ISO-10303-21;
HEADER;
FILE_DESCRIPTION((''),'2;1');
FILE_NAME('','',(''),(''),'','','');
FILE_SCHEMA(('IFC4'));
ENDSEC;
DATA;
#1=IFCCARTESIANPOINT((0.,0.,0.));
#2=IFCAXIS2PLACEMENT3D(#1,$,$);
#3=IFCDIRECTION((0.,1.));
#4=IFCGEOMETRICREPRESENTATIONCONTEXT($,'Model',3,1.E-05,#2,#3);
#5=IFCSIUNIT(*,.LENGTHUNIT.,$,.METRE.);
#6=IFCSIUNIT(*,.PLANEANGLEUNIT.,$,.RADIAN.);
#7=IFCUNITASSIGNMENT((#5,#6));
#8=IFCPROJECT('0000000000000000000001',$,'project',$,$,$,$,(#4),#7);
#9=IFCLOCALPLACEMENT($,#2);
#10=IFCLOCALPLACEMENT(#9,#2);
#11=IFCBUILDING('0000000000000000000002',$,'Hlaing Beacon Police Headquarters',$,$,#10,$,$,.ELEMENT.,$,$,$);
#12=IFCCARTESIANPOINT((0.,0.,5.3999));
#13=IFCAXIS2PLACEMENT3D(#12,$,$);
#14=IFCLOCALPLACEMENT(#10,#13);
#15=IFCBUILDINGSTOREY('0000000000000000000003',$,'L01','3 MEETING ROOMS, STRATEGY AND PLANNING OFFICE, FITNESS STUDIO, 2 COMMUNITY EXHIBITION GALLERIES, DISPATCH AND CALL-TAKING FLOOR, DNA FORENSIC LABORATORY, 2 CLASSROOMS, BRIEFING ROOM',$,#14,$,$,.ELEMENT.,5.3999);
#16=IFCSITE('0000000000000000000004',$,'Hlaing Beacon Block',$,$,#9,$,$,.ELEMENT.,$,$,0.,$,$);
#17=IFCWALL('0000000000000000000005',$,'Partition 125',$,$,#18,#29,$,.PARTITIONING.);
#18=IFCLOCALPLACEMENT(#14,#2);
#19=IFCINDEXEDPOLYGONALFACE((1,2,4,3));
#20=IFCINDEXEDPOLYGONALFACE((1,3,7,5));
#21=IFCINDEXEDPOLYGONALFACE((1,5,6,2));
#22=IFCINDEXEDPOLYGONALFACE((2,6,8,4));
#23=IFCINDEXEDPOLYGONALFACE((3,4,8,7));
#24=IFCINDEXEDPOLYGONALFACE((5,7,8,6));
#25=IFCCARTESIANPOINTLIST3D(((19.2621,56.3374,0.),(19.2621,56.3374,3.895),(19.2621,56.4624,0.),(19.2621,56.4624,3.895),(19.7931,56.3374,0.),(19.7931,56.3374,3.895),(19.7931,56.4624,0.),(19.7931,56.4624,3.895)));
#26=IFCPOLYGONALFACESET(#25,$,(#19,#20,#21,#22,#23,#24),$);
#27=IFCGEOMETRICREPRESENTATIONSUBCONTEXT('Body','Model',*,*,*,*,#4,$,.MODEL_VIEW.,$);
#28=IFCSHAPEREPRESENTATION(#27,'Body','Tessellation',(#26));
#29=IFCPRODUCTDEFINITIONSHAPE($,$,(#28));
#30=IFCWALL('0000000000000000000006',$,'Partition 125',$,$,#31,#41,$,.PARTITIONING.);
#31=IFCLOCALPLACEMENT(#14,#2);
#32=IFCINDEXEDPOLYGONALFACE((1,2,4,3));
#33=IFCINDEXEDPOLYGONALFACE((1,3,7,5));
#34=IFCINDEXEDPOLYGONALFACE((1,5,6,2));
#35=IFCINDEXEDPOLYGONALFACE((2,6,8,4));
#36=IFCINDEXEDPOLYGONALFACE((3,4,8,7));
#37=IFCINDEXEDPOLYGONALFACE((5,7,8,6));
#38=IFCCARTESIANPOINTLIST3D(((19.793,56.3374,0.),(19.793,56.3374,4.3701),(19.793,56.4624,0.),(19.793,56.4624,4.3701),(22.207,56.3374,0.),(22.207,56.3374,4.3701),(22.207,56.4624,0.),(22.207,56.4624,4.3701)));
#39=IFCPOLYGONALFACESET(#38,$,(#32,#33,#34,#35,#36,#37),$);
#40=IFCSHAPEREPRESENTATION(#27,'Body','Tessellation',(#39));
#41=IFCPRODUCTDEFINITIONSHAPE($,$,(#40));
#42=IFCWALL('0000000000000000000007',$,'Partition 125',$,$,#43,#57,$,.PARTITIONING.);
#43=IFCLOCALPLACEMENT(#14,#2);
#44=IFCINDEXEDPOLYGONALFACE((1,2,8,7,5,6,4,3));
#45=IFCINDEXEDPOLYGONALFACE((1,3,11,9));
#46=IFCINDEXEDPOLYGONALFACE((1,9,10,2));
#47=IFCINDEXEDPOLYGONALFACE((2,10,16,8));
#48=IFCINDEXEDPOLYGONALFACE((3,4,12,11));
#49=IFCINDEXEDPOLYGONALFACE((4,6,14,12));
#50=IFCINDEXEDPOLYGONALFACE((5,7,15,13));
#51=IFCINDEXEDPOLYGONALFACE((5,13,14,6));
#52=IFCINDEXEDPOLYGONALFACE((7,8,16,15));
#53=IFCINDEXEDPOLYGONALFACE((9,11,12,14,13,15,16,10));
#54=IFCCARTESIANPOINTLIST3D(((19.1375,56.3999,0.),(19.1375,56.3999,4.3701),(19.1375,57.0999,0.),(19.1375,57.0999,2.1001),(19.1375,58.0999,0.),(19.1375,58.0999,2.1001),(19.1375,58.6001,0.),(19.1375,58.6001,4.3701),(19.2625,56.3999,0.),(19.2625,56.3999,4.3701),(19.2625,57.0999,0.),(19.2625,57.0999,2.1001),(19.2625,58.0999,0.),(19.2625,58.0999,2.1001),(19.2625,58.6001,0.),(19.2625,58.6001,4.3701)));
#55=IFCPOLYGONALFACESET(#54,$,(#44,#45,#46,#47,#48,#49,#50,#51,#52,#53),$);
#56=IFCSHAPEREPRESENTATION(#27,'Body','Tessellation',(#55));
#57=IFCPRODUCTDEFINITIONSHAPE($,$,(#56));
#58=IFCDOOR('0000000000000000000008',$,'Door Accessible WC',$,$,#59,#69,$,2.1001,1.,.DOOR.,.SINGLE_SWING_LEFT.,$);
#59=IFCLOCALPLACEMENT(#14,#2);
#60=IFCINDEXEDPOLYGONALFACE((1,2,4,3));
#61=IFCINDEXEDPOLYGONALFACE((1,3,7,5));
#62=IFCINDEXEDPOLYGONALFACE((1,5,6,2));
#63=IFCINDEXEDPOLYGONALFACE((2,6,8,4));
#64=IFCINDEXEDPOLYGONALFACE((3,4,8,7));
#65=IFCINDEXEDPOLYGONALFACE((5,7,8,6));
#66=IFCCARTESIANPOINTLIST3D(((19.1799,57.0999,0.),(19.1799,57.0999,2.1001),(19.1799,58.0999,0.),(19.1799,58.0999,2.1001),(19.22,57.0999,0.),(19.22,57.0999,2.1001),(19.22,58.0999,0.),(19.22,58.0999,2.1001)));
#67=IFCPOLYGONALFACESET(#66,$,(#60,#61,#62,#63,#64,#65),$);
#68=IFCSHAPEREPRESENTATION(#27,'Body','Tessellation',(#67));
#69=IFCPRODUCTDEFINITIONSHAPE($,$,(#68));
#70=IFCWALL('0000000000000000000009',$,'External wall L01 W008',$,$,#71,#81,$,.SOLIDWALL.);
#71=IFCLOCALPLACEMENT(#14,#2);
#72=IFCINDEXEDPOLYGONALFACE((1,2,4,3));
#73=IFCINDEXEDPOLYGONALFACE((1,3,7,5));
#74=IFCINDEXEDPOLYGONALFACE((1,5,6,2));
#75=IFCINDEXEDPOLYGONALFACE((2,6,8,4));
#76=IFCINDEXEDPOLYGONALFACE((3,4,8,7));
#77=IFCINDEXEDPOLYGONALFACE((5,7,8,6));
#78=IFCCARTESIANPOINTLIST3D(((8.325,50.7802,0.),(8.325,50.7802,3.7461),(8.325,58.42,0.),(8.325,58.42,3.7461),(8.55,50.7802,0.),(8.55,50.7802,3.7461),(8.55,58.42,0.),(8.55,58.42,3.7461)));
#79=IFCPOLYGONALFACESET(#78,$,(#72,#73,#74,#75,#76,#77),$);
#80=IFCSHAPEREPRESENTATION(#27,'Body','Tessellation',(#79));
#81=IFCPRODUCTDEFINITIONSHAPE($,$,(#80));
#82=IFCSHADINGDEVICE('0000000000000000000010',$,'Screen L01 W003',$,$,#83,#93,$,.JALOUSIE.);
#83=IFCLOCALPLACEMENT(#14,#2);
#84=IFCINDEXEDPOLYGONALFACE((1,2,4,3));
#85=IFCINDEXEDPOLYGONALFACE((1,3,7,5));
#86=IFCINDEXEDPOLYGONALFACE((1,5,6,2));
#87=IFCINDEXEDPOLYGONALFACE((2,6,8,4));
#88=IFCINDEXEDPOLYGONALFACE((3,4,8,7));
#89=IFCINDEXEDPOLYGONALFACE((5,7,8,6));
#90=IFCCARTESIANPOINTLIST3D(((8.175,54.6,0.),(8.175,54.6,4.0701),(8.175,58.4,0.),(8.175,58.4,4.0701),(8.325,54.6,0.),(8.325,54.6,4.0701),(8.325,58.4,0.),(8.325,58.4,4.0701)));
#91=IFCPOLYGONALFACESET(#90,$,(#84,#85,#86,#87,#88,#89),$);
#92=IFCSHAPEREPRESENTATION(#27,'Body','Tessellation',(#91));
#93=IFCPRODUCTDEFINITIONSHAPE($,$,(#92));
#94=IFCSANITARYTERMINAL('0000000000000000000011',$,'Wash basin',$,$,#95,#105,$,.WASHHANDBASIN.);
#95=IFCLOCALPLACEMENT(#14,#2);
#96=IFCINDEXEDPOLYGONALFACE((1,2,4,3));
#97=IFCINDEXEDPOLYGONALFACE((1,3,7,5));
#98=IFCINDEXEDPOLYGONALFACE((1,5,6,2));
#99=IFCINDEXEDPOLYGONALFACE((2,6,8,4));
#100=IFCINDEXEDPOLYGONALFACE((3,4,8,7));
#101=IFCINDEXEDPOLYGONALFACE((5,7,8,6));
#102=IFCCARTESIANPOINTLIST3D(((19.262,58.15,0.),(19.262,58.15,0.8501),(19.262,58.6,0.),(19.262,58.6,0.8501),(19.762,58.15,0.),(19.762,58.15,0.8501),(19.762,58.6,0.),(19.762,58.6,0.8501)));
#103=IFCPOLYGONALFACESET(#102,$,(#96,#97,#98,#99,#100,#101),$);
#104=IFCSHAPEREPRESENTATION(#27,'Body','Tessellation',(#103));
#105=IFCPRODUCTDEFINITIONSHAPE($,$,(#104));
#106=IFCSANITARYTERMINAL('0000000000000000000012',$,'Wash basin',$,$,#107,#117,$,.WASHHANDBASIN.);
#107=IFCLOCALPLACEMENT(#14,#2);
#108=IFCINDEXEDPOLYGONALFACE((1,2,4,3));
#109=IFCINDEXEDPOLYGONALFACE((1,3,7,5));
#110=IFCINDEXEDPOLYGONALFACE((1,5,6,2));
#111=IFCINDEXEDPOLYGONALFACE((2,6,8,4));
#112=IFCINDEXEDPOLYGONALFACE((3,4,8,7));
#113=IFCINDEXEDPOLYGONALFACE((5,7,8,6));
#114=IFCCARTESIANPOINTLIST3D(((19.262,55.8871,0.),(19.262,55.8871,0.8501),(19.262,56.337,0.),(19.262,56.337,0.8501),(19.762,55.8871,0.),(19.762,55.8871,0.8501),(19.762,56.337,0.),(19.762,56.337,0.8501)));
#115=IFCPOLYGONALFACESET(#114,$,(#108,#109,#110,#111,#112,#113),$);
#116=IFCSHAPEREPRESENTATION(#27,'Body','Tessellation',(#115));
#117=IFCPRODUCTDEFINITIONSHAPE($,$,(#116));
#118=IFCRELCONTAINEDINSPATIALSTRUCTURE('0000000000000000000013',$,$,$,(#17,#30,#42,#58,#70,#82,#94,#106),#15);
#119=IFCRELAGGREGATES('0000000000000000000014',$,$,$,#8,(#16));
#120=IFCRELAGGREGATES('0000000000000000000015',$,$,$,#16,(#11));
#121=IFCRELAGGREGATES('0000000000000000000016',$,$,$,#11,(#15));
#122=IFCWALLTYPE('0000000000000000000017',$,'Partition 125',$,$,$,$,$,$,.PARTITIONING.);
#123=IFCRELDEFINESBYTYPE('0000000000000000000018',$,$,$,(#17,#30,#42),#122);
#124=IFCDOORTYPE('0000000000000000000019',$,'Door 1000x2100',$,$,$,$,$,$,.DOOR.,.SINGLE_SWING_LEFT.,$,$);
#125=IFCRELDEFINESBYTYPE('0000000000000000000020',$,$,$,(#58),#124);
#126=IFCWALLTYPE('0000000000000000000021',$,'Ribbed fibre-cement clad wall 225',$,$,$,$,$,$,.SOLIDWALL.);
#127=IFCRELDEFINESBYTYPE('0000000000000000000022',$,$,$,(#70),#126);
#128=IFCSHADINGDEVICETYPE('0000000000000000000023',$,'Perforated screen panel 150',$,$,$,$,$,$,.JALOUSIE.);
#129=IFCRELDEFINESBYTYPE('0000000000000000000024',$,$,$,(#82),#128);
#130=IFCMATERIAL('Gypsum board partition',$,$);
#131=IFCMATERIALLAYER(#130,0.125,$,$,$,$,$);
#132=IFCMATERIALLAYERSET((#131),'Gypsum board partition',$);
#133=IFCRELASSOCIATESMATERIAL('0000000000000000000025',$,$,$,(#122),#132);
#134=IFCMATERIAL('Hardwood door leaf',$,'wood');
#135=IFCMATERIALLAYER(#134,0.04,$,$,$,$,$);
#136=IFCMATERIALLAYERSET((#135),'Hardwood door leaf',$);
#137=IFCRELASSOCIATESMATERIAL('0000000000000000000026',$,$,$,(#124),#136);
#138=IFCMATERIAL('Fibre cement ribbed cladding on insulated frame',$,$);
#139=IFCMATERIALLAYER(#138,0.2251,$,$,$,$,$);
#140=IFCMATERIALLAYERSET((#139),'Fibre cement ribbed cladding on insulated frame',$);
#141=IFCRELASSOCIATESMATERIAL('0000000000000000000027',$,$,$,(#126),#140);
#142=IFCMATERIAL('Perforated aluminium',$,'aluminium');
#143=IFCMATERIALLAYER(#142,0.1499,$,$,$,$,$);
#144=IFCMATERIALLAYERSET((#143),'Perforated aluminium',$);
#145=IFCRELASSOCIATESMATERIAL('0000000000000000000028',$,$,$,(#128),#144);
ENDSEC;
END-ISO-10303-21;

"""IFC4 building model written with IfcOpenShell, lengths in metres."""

from ifc_helpers import new_model, si_unit, direction, frame, frame_2d, origin, origin_2d, place, context, subcontext, project, spatial, rectangle, extrude, material, layer, layer_set, type_object, element, fill, save


model = new_model("IFC4")

# Units and contexts
model_context = context("Model", 3, precision=1e-05, world=origin(), true_north=direction((0.0, 1.0)))
body_context = subcontext(model_context, "Body", "Model", "MODEL_VIEW")
ifc_project = project(units=[si_unit("LENGTHUNIT", "METRE"), si_unit("PLANEANGLEUNIT", "RADIAN")], contexts=[model_context])

# Site, building, storey
site_placement = place(None, origin())
site = spatial("IfcSite", under=ifc_project, at=site_placement, Name="Hlaing Beacon Block", CompositionType="ELEMENT", RefElevation=0.0)
building_placement = place(site_placement, origin())
building = spatial("IfcBuilding", under=site, at=building_placement, Name="Hlaing Beacon Police Headquarters", CompositionType="ELEMENT")
storey_placement = place(building_placement, frame((0.0, 0.0, 5.3999)))
storey = spatial("IfcBuildingStorey", under=building, at=storey_placement, Name="L01", Description="3 MEETING ROOMS, STRATEGY AND PLANNING OFFICE, FITNESS STUDIO, 2 COMMUNITY EXHIBITION GALLERIES, DISPATCH AND CALL-TAKING FLOOR, DNA FORENSIC LABORATORY, 2 CLASSROOMS, BRIEFING ROOM", CompositionType="ELEMENT", Elevation=5.3999)

# Walls
ifc_material_1 = material(Name="Gypsum board partition")
ifc_layer_1 = layer(ifc_material_1, 0.125)
ifc_layer_set_1 = layer_set([ifc_layer_1], Name="Gypsum board partition")
wall_type_1 = type_object("IfcWallType", Name="Partition 125", PredefinedType="PARTITIONING", material=ifc_layer_set_1)
wall_1_placement = place(storey_placement, frame((19.262, 56.3999, 0.0), z_axis=(0.0, 0.0, 1.0), x_axis=(1.0, 0.0, 0.0)))
element("IfcWall", 1, at=wall_1_placement, inside=storey, type_object=wall_type_1, Name="Partition 125", PredefinedType="PARTITIONING", context=body_context, shape_type="SweptSolid", body=[
    extrude(rectangle(XDim=0.531, YDim=0.125, at=frame_2d((0.2656, 0.0))), origin(), (0.0, 0.0, 1.0), 3.895),
])
wall_2_placement = place(storey_placement, frame((19.793, 56.3999, 0.0), z_axis=(0.0, 0.0, 1.0), x_axis=(1.0, 0.0, 0.0)))
element("IfcWall", 2, at=wall_2_placement, inside=storey, type_object=wall_type_1, Name="Partition 125", PredefinedType="PARTITIONING", context=body_context, shape_type="SweptSolid", body=[
    extrude(rectangle(XDim=2.4141, YDim=0.125, at=frame_2d((1.207, 0.0))), origin(), (0.0, 0.0, 1.0), 4.3701),
])

# Wall, opening, door
wall_3_placement = place(storey_placement, frame((19.2, 56.3999, 0.0), z_axis=(0.0, 0.0, 1.0), x_axis=(0.0, 1.0, 0.0)))
wall_3 = element("IfcWall", 3, at=wall_3_placement, inside=storey, type_object=wall_type_1, Name="Partition 125", PredefinedType="PARTITIONING", context=body_context, shape_type="SweptSolid", body=[
    extrude(rectangle(XDim=2.2002, YDim=0.125, at=frame_2d((1.1001, 0.0))), origin(), (0.0, 0.0, 1.0), 4.3701),
])
opening_1_placement = place(wall_3_placement, frame((0.7, 0.0, 0.0)))
opening_1 = element("IfcOpeningElement", 4, at=opening_1_placement, cuts=wall_3, PredefinedType="OPENING", context=body_context, shape_type="SweptSolid", body=[
    extrude(rectangle(XDim=1.0, YDim=2.1001, at=frame_2d((0.5, 1.05))), frame((0.0, 0.0725, 0.0), z_axis=(0.0, -1.0, 0.0), x_axis=(1.0, 0.0, 0.0)), (0.0, 0.0, 1.0), 0.145),
])
ifc_material_2 = material(Name="Hardwood door leaf", Category="wood")
ifc_layer_2 = layer(ifc_material_2, 0.04)
ifc_layer_set_2 = layer_set([ifc_layer_2], Name="Hardwood door leaf")
door_type_1 = type_object("IfcDoorType", Name="Door 1000x2100", OperationType="SINGLE_SWING_LEFT", PredefinedType="DOOR", material=ifc_layer_set_2)
door_1_placement = place(opening_1_placement, frame((1.0, 0.0, 0.0), z_axis=(0.0, 0.0, 1.0), x_axis=(-1.0, 0.0, 0.0)))
door_1 = element("IfcDoor", 5, at=door_1_placement, inside=storey, type_object=door_type_1, Name="Door Accessible WC", OperationType="SINGLE_SWING_LEFT", OverallHeight=2.1001, OverallWidth=1.0, PredefinedType="DOOR", context=body_context, shape_type="SweptSolid", body=[
    extrude(rectangle(XDim=1.0, YDim=2.1001, at=frame_2d((0.5, 1.05))), frame((0.0, 0.02, 0.0), z_axis=(0.0, -1.0, 0.0), x_axis=(1.0, 0.0, 0.0)), (0.0, 0.0, 1.0), 0.04),
])
fill(opening_1, door_1)

# Wall
ifc_material_3 = material(Name="Fibre cement ribbed cladding on insulated frame")
ifc_layer_3 = layer(ifc_material_3, 0.2251)
ifc_layer_set_3 = layer_set([ifc_layer_3], Name="Fibre cement ribbed cladding on insulated frame")
wall_type_2 = type_object("IfcWallType", Name="Ribbed fibre-cement clad wall 225", PredefinedType="SOLIDWALL", material=ifc_layer_set_3)
wall_4_placement = place(storey_placement, frame((8.4375, 58.4199, 0.0), z_axis=(0.0, 0.0, 1.0), x_axis=(0.0, -1.0, 0.0)))
element("IfcWall", 6, at=wall_4_placement, inside=storey, type_object=wall_type_2, Name="External wall L01 W008", PredefinedType="SOLIDWALL", context=body_context, shape_type="SweptSolid", body=[
    extrude(rectangle(XDim=7.6399, YDim=0.2251, at=frame_2d((3.8198, 0.0))), origin(), (0.0, 0.0, 1.0), 3.7461),
])

# Shading device
ifc_material_4 = material(Name="Perforated aluminium", Category="aluminium")
ifc_layer_4 = layer(ifc_material_4, 0.1499)
ifc_layer_set_4 = layer_set([ifc_layer_4], Name="Perforated aluminium")
shading_device_type = type_object("IfcShadingDeviceType", Name="Perforated screen panel 150", PredefinedType="JALOUSIE", material=ifc_layer_set_4)
shading_device_placement = place(storey_placement, frame((8.25, 56.5, 0.0), z_axis=(0.0, 0.0, 1.0), x_axis=(0.0, -1.0, 0.0)))
element("IfcShadingDevice", 7, at=shading_device_placement, inside=storey, type_object=shading_device_type, Name="Screen L01 W003", PredefinedType="JALOUSIE", context=body_context, shape_type="SweptSolid", body=[
    extrude(rectangle(XDim=3.8, YDim=0.1499, at=origin_2d()), origin(), (0.0, 0.0, 1.0), 4.0701),
])

# Sanitary terminals
for number, where, z_axis, x_axis, name in (
    (8, (19.512, 58.375, 0.0), (0.0, 0.0, 1.0), (1.0, 0.0, 0.0), "Wash basin"),
    (9, (19.512, 56.1121, 0.0), (0.0, 0.0, 1.0), (1.0, 0.0, 0.0), "Wash basin"),
):
    element("IfcSanitaryTerminal", number, at=place(storey_placement, frame(where, z_axis=z_axis, x_axis=x_axis)), inside=storey, Name=name, PredefinedType="WASHHANDBASIN", context=body_context, shape_type="SweptSolid", body=[
        extrude(rectangle(XDim=0.5, YDim=0.45, at=origin_2d()), origin(), (0.0, 0.0, 1.0), 0.8501),
    ])

save(model, "model.ifc")
